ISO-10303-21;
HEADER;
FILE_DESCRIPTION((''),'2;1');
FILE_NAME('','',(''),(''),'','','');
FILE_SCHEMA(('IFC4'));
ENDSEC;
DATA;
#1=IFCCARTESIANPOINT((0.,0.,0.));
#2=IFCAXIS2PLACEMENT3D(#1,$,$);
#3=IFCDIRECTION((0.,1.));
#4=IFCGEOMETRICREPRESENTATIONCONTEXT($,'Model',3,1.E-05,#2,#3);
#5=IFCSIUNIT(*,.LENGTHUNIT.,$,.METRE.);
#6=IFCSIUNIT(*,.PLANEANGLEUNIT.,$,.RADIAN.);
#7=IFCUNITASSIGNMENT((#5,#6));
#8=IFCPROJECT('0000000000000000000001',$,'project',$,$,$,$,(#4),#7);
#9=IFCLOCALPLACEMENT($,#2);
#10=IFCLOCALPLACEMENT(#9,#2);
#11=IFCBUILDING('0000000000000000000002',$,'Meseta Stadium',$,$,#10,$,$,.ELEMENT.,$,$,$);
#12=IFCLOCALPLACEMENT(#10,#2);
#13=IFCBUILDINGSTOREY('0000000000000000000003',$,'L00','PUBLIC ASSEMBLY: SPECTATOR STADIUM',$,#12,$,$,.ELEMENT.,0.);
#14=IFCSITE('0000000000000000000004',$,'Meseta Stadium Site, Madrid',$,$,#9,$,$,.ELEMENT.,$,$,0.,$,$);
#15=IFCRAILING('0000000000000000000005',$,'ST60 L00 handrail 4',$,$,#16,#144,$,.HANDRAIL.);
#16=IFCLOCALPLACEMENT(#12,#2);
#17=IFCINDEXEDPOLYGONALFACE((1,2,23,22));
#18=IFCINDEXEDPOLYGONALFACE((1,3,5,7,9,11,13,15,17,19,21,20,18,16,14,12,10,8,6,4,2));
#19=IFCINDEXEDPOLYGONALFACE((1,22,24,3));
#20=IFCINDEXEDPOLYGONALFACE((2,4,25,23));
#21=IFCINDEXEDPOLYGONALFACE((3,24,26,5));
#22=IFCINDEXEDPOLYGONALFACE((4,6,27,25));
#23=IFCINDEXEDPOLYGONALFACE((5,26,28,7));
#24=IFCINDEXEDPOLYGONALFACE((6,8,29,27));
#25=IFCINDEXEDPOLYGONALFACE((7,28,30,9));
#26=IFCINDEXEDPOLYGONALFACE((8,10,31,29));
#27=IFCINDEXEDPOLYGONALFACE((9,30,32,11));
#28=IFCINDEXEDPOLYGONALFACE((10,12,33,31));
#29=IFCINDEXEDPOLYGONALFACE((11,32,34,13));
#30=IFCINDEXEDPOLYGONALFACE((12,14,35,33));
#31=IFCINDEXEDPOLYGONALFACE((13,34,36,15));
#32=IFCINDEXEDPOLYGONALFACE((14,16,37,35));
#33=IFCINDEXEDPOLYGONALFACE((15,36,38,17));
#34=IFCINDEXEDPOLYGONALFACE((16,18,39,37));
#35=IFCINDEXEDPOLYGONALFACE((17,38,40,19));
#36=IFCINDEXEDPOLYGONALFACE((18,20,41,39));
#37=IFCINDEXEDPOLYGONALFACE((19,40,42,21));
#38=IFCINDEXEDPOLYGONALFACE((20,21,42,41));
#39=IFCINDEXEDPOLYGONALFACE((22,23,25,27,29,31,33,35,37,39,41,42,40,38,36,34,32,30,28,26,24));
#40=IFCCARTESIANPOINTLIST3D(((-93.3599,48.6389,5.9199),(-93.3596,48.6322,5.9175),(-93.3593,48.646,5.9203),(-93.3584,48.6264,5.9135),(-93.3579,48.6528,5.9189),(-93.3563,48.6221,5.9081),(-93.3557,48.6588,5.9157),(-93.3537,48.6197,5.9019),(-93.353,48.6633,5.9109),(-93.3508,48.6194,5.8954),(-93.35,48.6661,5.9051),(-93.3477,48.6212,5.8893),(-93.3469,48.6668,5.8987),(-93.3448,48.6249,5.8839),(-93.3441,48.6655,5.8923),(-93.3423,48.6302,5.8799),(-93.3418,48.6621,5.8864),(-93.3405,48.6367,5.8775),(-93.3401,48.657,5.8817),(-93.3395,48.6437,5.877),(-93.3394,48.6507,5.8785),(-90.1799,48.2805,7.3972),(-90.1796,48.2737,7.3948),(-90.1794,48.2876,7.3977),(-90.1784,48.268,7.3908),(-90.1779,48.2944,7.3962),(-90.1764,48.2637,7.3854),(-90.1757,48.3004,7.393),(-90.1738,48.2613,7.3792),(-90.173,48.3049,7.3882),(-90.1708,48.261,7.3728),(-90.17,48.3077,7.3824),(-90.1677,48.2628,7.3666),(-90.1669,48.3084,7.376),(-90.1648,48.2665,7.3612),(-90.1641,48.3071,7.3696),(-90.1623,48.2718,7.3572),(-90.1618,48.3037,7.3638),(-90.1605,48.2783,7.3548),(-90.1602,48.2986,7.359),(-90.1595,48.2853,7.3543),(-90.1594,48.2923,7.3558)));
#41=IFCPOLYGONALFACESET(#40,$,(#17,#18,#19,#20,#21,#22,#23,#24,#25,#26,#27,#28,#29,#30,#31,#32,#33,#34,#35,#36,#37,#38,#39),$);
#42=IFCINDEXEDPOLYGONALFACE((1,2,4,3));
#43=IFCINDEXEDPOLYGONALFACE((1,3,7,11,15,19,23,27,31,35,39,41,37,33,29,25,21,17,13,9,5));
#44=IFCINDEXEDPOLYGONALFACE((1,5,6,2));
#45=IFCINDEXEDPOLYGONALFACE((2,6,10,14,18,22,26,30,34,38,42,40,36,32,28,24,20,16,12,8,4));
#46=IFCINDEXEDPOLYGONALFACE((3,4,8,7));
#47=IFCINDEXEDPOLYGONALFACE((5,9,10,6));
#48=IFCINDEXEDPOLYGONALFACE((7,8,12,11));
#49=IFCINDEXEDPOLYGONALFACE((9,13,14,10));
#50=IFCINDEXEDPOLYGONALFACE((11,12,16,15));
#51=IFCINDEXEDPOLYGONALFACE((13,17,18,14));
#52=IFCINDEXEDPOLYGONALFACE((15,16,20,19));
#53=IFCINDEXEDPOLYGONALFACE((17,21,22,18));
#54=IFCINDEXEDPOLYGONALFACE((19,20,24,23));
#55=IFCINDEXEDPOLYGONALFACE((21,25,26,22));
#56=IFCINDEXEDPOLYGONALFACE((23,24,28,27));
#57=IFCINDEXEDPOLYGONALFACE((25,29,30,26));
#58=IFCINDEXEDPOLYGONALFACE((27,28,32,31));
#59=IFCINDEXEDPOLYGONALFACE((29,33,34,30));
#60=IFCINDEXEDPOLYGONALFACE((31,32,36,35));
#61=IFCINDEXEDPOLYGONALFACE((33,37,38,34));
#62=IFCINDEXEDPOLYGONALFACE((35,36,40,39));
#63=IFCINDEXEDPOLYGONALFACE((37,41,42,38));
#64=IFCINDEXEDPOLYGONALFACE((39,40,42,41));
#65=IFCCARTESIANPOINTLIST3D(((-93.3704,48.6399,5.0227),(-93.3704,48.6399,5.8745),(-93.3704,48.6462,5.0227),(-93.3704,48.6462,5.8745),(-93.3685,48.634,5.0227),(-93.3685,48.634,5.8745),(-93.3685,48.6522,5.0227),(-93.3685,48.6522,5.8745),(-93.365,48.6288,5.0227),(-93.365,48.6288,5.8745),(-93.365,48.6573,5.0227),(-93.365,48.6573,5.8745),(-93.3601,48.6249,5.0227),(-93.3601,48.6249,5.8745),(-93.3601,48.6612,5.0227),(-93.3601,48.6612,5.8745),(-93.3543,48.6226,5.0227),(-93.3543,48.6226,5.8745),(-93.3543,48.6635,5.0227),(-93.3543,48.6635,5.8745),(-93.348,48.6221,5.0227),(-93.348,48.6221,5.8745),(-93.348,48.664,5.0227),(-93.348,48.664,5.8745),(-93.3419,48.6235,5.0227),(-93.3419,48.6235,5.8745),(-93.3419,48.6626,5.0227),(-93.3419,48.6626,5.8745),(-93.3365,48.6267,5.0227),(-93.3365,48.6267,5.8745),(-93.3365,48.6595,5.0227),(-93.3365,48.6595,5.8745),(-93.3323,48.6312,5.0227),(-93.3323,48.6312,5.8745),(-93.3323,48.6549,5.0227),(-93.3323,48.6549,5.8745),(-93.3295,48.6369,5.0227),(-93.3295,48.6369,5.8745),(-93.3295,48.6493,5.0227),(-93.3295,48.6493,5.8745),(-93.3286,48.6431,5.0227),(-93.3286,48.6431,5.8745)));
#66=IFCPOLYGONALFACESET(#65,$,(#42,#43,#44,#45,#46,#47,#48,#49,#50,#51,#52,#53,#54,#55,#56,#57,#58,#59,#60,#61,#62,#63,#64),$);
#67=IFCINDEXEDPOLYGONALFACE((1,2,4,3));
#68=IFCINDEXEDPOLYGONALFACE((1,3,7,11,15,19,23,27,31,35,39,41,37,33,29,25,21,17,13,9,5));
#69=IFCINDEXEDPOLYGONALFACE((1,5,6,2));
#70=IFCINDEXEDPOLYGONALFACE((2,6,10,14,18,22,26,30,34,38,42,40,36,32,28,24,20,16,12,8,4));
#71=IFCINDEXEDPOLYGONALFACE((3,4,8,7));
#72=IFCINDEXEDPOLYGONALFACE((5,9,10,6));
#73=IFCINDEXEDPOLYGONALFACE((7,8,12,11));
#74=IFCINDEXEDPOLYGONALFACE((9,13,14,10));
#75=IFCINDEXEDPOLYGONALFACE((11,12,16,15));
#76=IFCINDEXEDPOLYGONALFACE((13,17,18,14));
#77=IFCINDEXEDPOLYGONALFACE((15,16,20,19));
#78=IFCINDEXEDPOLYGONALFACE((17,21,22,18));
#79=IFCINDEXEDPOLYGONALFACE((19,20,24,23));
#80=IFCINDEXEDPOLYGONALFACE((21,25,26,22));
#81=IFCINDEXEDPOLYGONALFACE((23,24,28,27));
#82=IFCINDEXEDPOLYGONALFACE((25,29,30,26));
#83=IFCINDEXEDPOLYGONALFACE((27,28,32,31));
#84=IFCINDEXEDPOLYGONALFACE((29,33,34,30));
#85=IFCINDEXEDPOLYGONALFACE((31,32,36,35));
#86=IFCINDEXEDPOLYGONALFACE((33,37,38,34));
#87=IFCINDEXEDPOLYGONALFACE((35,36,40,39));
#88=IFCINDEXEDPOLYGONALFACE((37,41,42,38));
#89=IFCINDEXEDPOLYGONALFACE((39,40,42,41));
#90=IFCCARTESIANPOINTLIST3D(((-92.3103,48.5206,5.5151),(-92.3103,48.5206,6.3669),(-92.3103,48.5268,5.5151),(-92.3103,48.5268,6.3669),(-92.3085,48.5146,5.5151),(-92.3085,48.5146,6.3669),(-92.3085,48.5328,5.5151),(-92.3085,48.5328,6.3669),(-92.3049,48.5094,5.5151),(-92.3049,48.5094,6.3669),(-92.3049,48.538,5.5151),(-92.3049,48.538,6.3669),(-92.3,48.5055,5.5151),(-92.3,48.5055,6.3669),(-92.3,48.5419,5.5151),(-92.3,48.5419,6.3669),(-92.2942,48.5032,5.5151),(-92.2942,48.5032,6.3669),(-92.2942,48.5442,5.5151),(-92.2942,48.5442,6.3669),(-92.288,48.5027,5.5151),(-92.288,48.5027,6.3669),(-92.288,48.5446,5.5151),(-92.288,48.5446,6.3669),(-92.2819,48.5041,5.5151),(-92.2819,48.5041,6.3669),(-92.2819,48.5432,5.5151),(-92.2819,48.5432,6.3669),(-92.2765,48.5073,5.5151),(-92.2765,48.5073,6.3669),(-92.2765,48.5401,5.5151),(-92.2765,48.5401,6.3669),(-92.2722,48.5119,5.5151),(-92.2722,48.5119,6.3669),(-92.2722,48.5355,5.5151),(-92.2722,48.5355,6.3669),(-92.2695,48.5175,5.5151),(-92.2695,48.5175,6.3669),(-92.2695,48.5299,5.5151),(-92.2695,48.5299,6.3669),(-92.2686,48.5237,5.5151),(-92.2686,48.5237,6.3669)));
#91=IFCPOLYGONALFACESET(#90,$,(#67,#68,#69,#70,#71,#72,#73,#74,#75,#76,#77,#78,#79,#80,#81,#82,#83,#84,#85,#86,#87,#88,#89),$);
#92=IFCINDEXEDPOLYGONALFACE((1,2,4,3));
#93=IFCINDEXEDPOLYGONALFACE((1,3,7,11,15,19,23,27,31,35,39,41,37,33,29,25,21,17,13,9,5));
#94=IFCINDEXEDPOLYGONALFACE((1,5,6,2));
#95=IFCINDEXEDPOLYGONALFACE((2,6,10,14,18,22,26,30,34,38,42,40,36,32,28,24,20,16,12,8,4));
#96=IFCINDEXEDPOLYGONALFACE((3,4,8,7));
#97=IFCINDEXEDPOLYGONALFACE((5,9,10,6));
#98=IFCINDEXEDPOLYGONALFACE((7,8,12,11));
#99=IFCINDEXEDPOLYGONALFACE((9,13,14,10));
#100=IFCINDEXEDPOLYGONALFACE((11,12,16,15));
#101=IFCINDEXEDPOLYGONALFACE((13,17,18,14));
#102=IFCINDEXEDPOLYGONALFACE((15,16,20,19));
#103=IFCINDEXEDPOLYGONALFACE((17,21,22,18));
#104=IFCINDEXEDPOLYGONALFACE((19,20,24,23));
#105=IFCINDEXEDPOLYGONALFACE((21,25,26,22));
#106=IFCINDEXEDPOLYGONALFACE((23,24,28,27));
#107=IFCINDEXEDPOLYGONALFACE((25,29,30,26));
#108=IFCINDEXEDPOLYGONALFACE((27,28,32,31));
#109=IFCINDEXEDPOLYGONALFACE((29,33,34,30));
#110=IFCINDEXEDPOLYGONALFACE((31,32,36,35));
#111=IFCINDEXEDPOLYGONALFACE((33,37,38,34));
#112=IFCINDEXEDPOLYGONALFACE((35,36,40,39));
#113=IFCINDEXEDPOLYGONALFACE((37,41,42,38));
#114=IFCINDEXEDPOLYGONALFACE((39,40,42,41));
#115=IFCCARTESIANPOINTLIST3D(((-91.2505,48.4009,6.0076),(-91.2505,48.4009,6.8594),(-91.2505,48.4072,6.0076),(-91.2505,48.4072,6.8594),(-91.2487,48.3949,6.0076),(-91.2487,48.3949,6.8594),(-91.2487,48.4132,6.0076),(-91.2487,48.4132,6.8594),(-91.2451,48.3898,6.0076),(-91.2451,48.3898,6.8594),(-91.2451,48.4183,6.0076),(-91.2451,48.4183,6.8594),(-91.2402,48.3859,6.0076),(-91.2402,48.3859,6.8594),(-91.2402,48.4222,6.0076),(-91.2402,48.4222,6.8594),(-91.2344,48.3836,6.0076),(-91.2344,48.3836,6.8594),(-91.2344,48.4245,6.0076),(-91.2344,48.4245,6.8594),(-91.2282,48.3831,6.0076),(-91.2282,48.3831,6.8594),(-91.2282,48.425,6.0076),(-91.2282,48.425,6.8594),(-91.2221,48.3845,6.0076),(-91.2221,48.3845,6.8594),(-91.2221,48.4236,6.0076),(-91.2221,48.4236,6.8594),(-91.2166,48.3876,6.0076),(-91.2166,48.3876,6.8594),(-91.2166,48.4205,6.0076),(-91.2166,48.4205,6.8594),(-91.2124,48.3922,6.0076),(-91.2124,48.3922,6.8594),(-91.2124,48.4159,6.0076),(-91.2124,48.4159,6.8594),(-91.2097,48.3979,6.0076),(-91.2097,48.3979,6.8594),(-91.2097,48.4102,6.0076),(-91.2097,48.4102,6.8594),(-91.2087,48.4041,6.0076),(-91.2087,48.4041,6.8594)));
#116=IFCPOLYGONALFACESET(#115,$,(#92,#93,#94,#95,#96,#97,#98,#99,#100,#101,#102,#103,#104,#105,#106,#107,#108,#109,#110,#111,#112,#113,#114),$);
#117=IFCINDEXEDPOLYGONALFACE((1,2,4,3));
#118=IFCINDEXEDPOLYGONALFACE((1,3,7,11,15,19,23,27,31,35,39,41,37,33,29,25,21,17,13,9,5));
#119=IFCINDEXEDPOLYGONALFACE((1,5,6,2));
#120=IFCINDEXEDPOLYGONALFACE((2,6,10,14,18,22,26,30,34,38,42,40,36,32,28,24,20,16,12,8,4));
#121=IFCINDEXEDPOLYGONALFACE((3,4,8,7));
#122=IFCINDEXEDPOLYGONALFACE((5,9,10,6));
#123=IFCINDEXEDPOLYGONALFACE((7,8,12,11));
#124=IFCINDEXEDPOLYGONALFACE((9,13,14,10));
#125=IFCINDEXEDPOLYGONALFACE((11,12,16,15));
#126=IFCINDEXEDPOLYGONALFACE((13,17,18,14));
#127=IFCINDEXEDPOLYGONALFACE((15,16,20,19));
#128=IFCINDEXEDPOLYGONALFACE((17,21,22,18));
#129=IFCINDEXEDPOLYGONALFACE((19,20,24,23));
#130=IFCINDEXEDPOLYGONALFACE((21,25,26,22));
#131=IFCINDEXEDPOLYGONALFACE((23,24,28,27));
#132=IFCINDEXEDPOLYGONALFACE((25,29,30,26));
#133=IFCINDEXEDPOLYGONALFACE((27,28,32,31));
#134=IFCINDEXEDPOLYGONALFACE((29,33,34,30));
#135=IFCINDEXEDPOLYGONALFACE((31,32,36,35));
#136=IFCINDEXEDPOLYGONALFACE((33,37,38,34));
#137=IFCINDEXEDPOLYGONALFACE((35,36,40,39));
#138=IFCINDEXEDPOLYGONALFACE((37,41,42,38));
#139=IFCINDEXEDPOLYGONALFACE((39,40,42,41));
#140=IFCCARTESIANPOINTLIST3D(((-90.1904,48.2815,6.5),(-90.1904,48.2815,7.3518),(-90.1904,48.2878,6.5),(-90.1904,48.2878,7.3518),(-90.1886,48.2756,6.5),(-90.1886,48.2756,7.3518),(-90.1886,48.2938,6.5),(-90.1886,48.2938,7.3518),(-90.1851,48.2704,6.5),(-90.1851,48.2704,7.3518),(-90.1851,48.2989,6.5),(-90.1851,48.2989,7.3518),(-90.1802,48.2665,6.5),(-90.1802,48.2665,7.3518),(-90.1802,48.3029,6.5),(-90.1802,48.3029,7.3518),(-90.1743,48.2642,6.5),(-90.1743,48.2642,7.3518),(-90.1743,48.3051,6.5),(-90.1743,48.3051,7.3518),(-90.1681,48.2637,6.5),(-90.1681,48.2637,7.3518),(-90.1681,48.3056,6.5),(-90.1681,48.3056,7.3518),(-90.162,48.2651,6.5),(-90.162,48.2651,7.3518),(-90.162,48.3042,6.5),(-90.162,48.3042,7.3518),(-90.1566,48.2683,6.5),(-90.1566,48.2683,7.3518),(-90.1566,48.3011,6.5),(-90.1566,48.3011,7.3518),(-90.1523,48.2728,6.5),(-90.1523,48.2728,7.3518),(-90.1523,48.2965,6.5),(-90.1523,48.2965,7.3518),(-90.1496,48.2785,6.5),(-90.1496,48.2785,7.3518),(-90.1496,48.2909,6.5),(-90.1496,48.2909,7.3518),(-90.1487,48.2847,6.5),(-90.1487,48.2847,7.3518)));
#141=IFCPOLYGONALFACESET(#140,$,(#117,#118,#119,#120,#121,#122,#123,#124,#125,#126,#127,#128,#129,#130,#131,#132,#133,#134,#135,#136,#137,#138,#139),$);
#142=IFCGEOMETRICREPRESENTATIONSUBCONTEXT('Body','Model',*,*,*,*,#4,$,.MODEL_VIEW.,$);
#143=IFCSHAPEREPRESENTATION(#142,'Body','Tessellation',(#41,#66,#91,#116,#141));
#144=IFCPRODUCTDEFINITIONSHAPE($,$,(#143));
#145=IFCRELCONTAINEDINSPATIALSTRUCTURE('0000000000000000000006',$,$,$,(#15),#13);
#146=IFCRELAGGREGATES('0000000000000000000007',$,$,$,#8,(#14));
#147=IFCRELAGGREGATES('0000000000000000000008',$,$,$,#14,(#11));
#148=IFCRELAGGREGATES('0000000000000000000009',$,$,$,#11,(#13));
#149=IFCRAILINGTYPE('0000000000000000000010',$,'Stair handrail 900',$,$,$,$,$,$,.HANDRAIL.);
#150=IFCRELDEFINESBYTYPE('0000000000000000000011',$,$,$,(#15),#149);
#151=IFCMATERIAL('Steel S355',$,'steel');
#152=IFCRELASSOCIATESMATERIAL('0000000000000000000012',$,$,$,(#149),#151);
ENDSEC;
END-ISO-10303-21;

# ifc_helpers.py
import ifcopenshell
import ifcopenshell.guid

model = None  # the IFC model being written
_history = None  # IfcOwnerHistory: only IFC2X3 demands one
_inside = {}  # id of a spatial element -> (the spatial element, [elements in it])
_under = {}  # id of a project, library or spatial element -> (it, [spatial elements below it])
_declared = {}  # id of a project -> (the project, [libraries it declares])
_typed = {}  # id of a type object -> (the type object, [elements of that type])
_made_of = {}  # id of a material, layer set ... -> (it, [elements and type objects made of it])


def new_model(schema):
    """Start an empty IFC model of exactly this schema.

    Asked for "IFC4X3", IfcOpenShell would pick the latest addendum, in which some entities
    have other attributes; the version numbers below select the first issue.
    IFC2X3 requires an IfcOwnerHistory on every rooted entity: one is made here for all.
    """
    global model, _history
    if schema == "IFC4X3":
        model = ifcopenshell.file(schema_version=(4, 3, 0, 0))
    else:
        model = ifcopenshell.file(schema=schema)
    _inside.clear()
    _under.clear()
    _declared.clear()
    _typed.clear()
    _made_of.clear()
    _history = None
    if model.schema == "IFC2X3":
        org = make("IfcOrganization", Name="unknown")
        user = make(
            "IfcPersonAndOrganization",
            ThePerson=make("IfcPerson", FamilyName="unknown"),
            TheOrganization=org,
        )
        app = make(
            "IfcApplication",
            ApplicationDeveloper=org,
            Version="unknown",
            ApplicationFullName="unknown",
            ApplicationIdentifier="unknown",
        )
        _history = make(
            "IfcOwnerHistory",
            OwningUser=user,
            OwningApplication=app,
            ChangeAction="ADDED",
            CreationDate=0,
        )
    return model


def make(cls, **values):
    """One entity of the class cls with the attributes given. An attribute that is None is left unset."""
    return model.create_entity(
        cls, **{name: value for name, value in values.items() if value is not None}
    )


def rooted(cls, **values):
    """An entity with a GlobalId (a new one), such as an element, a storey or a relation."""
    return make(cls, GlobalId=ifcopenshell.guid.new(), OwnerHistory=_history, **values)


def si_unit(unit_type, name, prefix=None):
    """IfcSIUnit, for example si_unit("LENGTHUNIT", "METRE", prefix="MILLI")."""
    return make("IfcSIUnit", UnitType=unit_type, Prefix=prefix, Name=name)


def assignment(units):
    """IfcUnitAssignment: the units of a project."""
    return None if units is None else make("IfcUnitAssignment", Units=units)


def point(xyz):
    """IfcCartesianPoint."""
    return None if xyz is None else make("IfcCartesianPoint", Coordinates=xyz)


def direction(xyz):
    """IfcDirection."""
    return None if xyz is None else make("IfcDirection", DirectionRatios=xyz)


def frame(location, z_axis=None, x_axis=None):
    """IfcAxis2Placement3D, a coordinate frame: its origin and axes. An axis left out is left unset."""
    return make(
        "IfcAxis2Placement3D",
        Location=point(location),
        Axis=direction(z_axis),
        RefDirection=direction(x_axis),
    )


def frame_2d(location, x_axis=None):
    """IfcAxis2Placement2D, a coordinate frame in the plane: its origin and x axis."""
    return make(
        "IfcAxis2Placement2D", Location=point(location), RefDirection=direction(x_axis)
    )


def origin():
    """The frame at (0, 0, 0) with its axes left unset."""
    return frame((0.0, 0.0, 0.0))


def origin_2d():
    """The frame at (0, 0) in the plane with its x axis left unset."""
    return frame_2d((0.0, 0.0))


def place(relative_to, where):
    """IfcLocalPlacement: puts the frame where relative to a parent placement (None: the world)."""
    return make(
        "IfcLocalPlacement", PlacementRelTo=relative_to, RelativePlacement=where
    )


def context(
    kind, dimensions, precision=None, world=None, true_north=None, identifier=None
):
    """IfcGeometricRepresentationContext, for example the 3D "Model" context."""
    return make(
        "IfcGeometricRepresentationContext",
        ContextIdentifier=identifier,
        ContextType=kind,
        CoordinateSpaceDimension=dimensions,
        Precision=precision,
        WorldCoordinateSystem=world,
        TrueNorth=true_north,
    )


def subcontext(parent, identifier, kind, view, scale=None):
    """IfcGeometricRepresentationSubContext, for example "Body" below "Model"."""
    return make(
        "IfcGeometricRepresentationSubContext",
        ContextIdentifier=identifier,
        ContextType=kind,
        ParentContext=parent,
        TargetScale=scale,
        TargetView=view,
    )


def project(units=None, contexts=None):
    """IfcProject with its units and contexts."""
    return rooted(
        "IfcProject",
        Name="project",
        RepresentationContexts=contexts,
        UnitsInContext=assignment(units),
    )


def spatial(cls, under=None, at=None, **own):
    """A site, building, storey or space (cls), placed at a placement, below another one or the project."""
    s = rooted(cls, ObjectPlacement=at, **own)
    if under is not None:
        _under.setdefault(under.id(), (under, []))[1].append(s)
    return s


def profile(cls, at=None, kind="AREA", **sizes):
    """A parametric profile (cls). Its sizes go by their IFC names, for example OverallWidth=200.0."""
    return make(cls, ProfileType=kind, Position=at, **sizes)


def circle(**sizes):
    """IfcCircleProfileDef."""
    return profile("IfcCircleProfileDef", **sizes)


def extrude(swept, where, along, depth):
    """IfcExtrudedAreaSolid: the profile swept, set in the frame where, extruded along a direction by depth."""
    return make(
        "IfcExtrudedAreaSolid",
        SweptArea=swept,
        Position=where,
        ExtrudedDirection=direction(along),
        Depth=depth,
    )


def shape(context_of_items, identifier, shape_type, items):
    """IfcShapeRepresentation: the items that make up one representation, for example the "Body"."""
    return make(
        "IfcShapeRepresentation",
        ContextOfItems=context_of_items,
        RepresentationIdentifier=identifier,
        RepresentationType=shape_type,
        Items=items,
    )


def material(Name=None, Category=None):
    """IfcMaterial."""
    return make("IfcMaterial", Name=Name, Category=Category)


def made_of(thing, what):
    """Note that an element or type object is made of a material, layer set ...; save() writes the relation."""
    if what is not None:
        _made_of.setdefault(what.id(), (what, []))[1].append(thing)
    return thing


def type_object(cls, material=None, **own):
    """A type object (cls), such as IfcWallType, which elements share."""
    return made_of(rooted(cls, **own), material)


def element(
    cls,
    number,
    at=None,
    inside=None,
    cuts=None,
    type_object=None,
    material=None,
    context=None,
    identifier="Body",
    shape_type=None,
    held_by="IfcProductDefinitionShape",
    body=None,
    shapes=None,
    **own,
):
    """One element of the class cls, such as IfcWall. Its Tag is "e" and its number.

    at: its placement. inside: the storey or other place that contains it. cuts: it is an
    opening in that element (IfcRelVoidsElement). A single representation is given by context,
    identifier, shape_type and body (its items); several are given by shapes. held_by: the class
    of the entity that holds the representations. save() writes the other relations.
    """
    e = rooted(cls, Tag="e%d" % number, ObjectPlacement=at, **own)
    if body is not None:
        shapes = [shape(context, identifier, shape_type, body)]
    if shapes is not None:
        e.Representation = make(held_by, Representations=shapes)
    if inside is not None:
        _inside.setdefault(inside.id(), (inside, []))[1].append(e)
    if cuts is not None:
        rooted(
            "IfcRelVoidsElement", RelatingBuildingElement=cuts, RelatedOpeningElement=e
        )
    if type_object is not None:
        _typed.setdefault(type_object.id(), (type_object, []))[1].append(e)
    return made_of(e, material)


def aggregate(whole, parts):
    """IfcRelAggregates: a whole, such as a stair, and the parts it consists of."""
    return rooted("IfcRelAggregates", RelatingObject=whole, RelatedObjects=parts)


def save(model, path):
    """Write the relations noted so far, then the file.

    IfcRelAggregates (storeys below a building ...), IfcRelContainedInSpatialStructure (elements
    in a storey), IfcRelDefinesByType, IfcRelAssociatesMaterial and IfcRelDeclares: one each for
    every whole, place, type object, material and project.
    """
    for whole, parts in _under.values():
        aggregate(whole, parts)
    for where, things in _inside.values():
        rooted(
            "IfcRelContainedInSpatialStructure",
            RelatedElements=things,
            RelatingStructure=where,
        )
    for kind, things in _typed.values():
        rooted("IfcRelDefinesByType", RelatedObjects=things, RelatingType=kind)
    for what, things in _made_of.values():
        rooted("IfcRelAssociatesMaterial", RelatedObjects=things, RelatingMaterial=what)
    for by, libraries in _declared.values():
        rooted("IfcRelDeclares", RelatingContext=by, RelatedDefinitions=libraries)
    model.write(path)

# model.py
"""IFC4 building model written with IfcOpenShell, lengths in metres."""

from ifc_helpers import new_model, si_unit, direction, frame, origin, origin_2d, place, context, subcontext, project, spatial, circle, extrude, material, type_object, element, save


model = new_model("IFC4")

# Units and contexts
model_context = context("Model", 3, precision=1e-05, world=origin(), true_north=direction((0.0, 1.0)))
body_context = subcontext(model_context, "Body", "Model", "MODEL_VIEW")
ifc_project = project(units=[si_unit("LENGTHUNIT", "METRE"), si_unit("PLANEANGLEUNIT", "RADIAN")], contexts=[model_context])

# Site, building, storey
site_placement = place(None, origin())
site = spatial("IfcSite", under=ifc_project, at=site_placement, Name="Meseta Stadium Site, Madrid", CompositionType="ELEMENT", RefElevation=0.0)
building_placement = place(site_placement, origin())
building = spatial("IfcBuilding", under=site, at=building_placement, Name="Meseta Stadium", CompositionType="ELEMENT")
storey_placement = place(building_placement, origin())
storey = spatial("IfcBuildingStorey", under=building, at=storey_placement, Name="L00", Description="PUBLIC ASSEMBLY: SPECTATOR STADIUM", CompositionType="ELEMENT", Elevation=0.0)

# Railing
ifc_material_1 = material(Name="Steel S355", Category="steel")
railing_type_1 = type_object("IfcRailingType", Name="Stair handrail 900", PredefinedType="HANDRAIL", material=ifc_material_1)
for number, where, name in (
    (1, (-93.3496, 48.6431, 5.0227), "ST60 L00 handrail 4"),
):
    element("IfcRailing", number, at=place(storey_placement, frame(where)), inside=storey, type_object=railing_type_1, Name=name, PredefinedType="HANDRAIL", context=body_context, shape_type="SweptSolid", body=[
        extrude(circle(Radius=0.0239, at=origin_2d()), frame((0.0, 0.0, 0.876), z_axis=(0.90221, -0.101685, 0.419138), x_axis=(0.111997, 0.993709, 0.0)), (0.0, 0.0, 1.0), 3.5247),
        extrude(circle(Radius=0.021, at=origin_2d()), origin(), (0.0, 0.0, 1.0), 0.8518),
        extrude(circle(Radius=0.021, at=origin_2d()), frame((1.0601, -0.1194, 0.4924)), (0.0, 0.0, 1.0), 0.8518),
        extrude(circle(Radius=0.021, at=origin_2d()), frame((2.1199, -0.239, 0.9849)), (0.0, 0.0, 1.0), 0.8518),
        extrude(circle(Radius=0.021, at=origin_2d()), frame((3.1799, -0.3584, 1.4773)), (0.0, 0.0, 1.0), 0.8518),
    ])

save(model, "model.ifc")
